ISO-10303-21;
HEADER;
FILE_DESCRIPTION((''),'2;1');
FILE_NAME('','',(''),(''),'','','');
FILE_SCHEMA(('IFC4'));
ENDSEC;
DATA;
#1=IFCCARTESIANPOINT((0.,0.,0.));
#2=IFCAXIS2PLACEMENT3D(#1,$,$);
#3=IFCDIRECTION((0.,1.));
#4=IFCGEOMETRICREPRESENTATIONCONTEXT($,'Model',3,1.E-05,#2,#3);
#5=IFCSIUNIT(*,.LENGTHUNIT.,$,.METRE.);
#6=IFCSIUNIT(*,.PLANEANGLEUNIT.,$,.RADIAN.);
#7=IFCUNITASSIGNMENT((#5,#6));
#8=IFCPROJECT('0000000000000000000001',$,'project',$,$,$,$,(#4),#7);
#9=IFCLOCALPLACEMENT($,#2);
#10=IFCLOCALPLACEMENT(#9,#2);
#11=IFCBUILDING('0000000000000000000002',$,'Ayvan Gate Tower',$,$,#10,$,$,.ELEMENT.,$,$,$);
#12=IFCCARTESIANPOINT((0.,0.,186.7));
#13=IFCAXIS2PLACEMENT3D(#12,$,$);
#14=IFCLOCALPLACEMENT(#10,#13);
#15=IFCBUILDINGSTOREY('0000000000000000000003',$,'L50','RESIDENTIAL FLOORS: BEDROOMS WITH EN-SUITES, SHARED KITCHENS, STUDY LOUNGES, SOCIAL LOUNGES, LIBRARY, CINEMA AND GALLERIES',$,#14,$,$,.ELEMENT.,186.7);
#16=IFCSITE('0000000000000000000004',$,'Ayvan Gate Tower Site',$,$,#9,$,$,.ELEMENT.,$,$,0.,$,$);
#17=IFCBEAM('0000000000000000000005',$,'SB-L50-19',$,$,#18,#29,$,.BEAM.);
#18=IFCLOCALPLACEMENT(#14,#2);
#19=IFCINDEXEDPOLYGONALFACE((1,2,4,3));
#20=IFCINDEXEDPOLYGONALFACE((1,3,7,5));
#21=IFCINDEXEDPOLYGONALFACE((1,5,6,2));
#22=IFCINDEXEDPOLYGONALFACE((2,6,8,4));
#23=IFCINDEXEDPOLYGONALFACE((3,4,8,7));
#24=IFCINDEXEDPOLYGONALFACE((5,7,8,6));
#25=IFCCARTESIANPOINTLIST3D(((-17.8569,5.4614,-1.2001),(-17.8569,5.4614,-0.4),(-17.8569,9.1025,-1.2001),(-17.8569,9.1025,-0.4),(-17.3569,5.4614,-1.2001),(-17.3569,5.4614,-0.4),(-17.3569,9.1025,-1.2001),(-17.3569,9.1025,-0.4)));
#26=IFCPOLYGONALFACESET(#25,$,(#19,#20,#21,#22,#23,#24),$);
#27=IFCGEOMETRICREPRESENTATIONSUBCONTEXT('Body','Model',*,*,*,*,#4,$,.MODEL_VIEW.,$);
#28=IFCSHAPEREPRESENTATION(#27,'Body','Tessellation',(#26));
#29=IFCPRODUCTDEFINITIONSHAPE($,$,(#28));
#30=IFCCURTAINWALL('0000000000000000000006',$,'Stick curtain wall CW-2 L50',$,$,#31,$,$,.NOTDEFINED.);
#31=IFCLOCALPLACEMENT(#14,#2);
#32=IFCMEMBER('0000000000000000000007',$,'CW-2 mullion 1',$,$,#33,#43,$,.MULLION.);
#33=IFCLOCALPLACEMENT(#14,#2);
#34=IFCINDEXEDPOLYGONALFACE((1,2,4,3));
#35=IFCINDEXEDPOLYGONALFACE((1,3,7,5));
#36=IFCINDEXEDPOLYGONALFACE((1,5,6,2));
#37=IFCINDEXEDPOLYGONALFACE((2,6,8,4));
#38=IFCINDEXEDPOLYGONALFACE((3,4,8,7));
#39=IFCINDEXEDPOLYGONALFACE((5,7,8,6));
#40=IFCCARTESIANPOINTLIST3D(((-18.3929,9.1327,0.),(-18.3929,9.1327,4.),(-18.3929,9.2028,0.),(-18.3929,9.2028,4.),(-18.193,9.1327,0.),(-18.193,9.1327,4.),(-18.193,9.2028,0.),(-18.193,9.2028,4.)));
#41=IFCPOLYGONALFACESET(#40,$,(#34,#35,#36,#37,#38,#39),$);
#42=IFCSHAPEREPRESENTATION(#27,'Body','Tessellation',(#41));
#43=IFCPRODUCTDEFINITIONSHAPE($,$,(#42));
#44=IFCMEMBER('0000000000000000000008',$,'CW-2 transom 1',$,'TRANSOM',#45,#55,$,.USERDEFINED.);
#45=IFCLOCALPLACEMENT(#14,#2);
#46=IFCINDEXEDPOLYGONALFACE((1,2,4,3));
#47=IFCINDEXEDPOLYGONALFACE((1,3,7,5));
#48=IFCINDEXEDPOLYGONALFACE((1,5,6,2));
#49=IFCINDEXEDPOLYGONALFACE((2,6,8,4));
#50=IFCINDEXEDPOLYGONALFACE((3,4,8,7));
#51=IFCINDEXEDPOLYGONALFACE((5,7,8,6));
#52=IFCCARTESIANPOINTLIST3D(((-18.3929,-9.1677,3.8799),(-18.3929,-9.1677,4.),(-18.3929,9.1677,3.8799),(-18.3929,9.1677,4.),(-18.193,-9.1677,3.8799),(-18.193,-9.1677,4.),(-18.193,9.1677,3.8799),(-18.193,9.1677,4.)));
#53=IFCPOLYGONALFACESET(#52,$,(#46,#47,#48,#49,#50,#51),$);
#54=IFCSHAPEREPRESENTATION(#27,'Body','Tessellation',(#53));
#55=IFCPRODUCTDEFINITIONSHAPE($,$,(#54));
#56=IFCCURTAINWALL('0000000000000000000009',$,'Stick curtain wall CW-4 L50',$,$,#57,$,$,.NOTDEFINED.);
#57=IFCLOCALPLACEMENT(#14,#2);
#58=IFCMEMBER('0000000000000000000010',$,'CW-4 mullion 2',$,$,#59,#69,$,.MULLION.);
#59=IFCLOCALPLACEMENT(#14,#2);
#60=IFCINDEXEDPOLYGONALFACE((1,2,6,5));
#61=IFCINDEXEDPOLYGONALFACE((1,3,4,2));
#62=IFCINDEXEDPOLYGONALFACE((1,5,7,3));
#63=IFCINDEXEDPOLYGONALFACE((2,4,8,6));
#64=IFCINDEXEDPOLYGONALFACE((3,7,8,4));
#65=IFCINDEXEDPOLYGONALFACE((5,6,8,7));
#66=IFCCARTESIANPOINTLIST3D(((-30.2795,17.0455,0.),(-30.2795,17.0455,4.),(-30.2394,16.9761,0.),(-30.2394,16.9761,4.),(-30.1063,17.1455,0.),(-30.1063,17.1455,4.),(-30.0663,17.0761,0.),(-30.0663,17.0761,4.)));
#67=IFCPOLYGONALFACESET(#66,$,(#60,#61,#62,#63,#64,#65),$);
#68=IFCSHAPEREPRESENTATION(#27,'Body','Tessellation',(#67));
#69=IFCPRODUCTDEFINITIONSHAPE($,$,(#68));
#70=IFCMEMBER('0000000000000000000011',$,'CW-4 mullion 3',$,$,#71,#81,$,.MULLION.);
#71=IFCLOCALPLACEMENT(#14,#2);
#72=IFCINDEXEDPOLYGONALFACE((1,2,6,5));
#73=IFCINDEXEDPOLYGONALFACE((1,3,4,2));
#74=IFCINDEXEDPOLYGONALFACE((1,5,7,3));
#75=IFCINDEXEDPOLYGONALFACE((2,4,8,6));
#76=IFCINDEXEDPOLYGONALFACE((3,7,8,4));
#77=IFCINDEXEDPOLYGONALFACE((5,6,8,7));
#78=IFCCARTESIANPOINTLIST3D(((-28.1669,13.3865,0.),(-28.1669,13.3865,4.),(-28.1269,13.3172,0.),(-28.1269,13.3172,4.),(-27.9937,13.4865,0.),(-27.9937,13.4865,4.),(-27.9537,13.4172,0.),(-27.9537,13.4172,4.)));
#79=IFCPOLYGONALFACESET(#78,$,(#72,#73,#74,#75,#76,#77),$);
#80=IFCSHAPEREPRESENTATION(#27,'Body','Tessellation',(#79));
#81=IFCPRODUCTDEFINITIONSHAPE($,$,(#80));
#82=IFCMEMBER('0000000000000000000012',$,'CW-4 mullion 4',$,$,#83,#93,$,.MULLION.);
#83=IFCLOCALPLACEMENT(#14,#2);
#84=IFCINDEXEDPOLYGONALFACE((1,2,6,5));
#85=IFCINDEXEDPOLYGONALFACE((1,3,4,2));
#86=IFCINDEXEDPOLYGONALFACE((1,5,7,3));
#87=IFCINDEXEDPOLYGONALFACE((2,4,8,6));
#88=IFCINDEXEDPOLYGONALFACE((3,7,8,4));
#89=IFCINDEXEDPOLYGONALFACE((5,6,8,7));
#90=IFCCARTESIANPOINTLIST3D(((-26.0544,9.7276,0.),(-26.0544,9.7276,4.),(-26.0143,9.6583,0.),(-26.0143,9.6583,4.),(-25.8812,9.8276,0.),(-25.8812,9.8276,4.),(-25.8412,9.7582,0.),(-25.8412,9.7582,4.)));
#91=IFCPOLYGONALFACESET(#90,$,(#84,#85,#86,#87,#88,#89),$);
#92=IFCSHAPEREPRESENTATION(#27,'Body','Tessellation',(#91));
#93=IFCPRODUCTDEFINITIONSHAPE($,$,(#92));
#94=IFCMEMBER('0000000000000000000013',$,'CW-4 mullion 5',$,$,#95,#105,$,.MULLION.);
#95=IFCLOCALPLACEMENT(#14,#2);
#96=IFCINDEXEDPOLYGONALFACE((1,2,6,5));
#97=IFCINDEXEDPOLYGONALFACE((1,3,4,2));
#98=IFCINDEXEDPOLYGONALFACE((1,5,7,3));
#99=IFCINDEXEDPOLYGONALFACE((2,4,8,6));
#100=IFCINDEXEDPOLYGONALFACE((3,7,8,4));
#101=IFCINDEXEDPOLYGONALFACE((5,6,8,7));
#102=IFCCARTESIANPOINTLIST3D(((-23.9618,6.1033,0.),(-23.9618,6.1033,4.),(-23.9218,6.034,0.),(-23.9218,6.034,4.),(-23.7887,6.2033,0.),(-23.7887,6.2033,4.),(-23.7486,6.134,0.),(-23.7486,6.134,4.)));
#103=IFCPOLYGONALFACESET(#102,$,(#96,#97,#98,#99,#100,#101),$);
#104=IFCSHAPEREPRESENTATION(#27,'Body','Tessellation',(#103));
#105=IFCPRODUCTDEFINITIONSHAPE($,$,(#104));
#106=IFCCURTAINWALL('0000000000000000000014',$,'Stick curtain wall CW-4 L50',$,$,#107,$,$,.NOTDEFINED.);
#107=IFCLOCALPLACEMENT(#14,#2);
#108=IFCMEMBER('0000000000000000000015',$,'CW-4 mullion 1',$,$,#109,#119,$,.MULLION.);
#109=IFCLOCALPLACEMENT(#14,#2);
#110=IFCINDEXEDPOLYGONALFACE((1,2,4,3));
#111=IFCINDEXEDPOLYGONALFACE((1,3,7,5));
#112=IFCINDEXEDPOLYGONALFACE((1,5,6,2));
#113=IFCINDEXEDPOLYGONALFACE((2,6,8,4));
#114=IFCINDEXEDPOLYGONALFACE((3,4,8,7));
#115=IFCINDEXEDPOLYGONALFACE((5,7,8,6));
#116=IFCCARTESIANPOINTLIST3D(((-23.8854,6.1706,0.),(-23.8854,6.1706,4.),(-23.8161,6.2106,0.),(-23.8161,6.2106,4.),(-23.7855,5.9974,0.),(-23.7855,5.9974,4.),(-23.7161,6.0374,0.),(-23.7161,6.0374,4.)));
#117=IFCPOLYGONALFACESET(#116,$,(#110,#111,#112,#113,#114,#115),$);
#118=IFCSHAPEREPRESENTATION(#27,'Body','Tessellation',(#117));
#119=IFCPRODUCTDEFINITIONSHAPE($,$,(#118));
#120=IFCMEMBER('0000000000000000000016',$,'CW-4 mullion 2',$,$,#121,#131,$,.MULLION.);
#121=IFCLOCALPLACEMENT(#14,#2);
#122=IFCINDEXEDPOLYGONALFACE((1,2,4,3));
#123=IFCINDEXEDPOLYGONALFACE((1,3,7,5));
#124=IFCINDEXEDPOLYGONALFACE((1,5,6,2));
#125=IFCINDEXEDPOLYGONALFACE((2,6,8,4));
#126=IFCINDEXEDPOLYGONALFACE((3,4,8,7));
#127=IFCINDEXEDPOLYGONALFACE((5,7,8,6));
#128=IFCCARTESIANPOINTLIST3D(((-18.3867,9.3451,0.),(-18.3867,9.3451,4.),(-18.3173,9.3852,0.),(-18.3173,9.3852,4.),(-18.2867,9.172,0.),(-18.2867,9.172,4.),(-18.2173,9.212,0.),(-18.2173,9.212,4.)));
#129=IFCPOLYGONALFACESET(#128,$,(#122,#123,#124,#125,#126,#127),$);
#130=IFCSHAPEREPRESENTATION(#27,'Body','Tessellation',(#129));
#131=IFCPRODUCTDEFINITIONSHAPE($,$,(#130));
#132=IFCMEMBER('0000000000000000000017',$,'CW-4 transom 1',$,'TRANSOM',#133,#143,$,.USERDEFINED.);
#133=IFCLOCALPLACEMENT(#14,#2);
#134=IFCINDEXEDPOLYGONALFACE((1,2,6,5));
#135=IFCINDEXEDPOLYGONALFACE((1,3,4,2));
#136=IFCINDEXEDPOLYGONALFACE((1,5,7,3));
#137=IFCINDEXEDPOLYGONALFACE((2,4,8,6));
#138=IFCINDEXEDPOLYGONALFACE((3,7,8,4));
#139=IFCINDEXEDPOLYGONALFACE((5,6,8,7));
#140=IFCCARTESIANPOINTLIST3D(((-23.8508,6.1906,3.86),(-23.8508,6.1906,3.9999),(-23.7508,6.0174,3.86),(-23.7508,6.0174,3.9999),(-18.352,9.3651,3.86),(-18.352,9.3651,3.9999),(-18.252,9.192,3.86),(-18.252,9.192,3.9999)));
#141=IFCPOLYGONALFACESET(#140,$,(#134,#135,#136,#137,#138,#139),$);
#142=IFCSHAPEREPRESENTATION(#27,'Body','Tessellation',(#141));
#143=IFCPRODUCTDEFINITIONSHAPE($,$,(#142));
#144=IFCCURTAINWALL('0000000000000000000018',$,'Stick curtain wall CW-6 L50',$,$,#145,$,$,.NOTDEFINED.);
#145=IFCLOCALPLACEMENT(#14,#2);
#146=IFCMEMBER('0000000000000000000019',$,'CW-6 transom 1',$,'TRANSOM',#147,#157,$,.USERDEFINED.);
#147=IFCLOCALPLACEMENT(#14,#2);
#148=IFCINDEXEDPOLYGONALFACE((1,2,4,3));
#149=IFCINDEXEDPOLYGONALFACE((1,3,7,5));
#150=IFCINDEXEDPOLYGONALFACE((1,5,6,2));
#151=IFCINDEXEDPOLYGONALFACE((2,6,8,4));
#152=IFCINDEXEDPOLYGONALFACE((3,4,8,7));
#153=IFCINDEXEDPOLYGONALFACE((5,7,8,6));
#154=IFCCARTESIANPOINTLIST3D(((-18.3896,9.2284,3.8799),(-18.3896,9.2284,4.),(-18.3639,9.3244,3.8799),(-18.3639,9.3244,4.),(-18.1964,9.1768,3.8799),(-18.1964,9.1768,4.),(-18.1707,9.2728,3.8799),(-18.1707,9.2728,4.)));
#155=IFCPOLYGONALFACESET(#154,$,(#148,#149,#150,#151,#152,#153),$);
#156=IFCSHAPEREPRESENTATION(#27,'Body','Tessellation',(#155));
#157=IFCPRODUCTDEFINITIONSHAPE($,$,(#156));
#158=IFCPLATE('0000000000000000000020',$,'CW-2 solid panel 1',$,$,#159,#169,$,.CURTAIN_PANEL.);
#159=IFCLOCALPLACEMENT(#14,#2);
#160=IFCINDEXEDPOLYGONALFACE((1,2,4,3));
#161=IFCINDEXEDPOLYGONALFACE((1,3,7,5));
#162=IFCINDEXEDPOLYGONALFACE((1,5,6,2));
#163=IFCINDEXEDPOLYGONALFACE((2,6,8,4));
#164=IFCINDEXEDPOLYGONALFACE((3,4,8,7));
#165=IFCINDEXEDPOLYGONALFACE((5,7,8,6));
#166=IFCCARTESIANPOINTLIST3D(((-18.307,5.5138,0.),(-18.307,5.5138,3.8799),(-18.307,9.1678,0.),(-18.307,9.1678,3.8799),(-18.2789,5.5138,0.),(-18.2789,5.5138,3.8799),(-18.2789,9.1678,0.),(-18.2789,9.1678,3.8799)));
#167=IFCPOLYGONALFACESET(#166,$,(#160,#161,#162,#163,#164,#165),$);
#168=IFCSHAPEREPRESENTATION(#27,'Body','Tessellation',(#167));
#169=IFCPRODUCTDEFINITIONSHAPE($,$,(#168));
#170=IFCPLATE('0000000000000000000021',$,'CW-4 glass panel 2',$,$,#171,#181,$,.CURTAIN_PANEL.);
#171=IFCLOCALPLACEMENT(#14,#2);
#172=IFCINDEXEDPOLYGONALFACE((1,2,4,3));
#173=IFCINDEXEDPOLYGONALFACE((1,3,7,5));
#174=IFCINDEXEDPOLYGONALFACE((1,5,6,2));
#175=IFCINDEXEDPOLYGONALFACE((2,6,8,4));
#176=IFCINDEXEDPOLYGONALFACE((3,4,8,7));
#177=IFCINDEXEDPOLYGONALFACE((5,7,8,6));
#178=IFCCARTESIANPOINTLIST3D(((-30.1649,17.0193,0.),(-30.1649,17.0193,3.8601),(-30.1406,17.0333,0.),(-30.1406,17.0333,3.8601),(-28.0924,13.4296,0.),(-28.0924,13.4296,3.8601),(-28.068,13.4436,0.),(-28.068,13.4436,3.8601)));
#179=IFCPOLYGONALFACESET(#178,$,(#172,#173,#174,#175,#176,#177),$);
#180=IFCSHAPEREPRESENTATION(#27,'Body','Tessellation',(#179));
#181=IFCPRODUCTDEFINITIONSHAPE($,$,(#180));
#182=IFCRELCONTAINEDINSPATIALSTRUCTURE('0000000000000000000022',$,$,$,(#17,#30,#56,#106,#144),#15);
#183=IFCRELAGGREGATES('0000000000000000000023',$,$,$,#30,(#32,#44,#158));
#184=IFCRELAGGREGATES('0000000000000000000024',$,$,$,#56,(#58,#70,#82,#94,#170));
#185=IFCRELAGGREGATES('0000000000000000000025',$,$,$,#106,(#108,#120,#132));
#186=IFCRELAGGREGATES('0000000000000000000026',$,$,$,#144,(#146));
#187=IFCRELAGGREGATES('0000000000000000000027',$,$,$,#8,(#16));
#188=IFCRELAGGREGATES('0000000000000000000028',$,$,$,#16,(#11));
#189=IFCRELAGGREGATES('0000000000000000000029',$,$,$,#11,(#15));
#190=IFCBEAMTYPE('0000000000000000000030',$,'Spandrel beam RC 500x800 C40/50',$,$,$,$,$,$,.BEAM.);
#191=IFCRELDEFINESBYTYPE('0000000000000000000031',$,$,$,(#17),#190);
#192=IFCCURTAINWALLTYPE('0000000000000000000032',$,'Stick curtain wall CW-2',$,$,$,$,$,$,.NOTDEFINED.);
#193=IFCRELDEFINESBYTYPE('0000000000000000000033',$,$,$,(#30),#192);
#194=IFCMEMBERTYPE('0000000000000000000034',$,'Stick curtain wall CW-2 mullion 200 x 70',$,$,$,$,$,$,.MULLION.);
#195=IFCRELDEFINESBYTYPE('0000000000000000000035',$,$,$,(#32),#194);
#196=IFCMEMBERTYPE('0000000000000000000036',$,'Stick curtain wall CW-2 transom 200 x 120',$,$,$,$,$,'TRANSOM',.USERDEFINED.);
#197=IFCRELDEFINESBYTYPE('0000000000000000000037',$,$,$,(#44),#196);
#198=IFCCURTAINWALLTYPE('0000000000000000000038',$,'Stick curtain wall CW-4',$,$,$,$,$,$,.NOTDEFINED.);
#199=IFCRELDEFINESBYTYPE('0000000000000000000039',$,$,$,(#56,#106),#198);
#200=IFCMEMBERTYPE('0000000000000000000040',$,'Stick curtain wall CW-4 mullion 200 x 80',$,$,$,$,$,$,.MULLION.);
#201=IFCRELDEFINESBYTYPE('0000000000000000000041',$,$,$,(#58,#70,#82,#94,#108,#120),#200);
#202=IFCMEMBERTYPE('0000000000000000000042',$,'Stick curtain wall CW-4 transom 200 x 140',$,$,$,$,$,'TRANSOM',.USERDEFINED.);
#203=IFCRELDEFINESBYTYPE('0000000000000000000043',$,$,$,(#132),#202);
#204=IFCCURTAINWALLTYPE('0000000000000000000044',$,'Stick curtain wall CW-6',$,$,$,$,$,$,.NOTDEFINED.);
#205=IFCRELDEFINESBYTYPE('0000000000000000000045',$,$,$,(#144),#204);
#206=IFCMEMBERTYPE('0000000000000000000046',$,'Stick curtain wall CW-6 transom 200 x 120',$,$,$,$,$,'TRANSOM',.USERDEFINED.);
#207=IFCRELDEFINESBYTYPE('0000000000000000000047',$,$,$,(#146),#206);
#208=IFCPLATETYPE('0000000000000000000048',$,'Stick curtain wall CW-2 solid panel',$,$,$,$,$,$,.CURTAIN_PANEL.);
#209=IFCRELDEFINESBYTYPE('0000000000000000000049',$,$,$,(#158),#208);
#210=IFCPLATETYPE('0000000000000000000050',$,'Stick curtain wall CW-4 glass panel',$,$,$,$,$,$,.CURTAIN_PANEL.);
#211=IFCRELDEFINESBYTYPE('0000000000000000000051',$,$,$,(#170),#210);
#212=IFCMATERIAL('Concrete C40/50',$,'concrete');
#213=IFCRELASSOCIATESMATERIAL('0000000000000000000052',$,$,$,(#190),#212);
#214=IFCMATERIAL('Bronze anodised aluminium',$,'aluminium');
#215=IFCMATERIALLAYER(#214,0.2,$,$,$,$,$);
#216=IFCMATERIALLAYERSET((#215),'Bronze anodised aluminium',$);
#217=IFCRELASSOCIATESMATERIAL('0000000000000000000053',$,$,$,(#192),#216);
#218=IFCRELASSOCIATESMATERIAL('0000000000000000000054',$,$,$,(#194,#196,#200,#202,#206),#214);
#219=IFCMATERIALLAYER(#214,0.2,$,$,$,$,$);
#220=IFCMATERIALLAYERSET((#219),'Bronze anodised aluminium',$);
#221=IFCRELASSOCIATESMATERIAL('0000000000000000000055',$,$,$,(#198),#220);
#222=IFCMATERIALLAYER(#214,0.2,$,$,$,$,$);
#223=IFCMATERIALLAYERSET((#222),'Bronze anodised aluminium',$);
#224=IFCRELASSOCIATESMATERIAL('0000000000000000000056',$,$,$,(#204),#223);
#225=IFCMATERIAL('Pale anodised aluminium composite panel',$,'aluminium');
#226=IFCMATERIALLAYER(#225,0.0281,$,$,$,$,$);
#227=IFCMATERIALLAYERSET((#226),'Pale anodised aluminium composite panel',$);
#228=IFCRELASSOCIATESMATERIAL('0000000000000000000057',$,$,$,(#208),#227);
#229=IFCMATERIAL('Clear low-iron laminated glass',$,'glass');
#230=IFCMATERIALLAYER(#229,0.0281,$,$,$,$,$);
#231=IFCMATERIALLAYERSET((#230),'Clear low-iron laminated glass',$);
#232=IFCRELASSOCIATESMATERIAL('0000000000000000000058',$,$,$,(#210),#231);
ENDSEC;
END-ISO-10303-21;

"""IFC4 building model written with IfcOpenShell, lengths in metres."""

from ifc_helpers import new_model, si_unit, direction, frame, origin, origin_2d, place, context, subcontext, project, spatial, rectangle, extrude, material, layer, layer_set, material_profile, profile_set, type_object, element, aggregate, save


model = new_model("IFC4")

# Units and contexts
model_context = context("Model", 3, precision=1e-05, world=origin(), true_north=direction((0.0, 1.0)))
body_context = subcontext(model_context, "Body", "Model", "MODEL_VIEW")
ifc_project = project(units=[si_unit("LENGTHUNIT", "METRE"), si_unit("PLANEANGLEUNIT", "RADIAN")], contexts=[model_context])

# Site, building, storey
site_placement = place(None, origin())
site = spatial("IfcSite", under=ifc_project, at=site_placement, Name="Ayvan Gate Tower Site", CompositionType="ELEMENT", RefElevation=0.0)
building_placement = place(site_placement, origin())
building = spatial("IfcBuilding", under=site, at=building_placement, Name="Ayvan Gate Tower", CompositionType="ELEMENT")
storey_placement = place(building_placement, frame((0.0, 0.0, 186.7)))
storey = spatial("IfcBuildingStorey", under=building, at=storey_placement, Name="L50", Description="RESIDENTIAL FLOORS: BEDROOMS WITH EN-SUITES, SHARED KITCHENS, STUDY LOUNGES, SOCIAL LOUNGES, LIBRARY, CINEMA AND GALLERIES", CompositionType="ELEMENT", Elevation=186.7)

# Shared definitions
ifc_material_1 = material(Name="Concrete C40/50", Category="concrete")

# Beam
ifc_material_profile_1 = material_profile(ifc_material_1, rectangle(XDim=0.5, YDim=0.8, at=origin_2d()), Name="RC 500x800")
ifc_profile_set_1 = profile_set([ifc_material_profile_1], Name="Concrete C40/50")
beam_type_1 = type_object("IfcBeamType", Name="Spandrel beam RC 500x800 C40/50", PredefinedType="BEAM", material=ifc_profile_set_1)
beam_1_placement = place(storey_placement, frame((-17.6069, 9.1025, -0.8), z_axis=(0.0, -1.0, 0.0), x_axis=(1.0, 0.0, 0.0)))
element("IfcBeam", 1, at=beam_1_placement, inside=storey, type_object=beam_type_1, Name="SB-L50-19", PredefinedType="BEAM", context=body_context, shape_type="SweptSolid", body=[
    extrude(rectangle(XDim=0.5, YDim=0.8, at=origin_2d()), origin(), (0.0, 0.0, 1.0), 3.6411),
])

# Curtain walls, members
ifc_material_2 = material(Name="Bronze anodised aluminium", Category="aluminium")
ifc_layer_1 = layer(ifc_material_2, 0.2)
ifc_layer_set_1 = layer_set([ifc_layer_1], Name="Bronze anodised aluminium")
curtain_wall_type_1 = type_object("IfcCurtainWallType", Name="Stick curtain wall CW-2", PredefinedType="NOTDEFINED", material=ifc_layer_set_1)
curtain_wall_1_placement = place(storey_placement, origin())
curtain_wall_1 = element("IfcCurtainWall", 2, at=curtain_wall_1_placement, inside=storey, type_object=curtain_wall_type_1, Name="Stick curtain wall CW-2 L50", PredefinedType="NOTDEFINED")
ifc_material_profile_2 = material_profile(ifc_material_2, rectangle(XDim=0.2, YDim=0.0701, at=origin_2d()), Name="Stick curtain wall CW-2 mullion 200 x 70")
ifc_profile_set_2 = profile_set([ifc_material_profile_2], Name="Bronze anodised aluminium")
member_type_1 = type_object("IfcMemberType", Name="Stick curtain wall CW-2 mullion 200 x 70", PredefinedType="MULLION", material=ifc_profile_set_2)
member_1_placement = place(storey_placement, frame((-18.293, 9.1677, 0.0), z_axis=(0.0, 0.0, 1.0), x_axis=(-1.0, 0.0, 0.0)))
member_1 = element("IfcMember", 3, at=member_1_placement, type_object=member_type_1, Name="CW-2 mullion 1", PredefinedType="MULLION", context=body_context, shape_type="SweptSolid", body=[
    extrude(rectangle(XDim=0.2, YDim=0.0701, at=origin_2d()), origin(), (0.0, 0.0, 1.0), 4.0),
])
ifc_material_profile_3 = material_profile(ifc_material_2, rectangle(XDim=0.2, YDim=0.1201, at=origin_2d()), Name="Stick curtain wall CW-2 transom 200 x 120")
ifc_profile_set_3 = profile_set([ifc_material_profile_3], Name="Bronze anodised aluminium")
member_type_2 = type_object("IfcMemberType", Name="Stick curtain wall CW-2 transom 200 x 120", ElementType="TRANSOM", PredefinedType="USERDEFINED", material=ifc_profile_set_3)
member_2_placement = place(storey_placement, frame((-18.293, 9.1677, 3.9399), z_axis=(0.0, -1.0, 0.0), x_axis=(1.0, 0.0, 0.0)))
member_2 = element("IfcMember", 4, at=member_2_placement, type_object=member_type_2, Name="CW-2 transom 1", ObjectType="TRANSOM", PredefinedType="USERDEFINED", context=body_context, shape_type="SweptSolid", body=[
    extrude(rectangle(XDim=0.2, YDim=0.1201, at=origin_2d()), origin(), (0.0, 0.0, 1.0), 18.3354),
])
ifc_layer_2 = layer(ifc_material_2, 0.2)
ifc_layer_set_2 = layer_set([ifc_layer_2], Name="Bronze anodised aluminium")
curtain_wall_type_2 = type_object("IfcCurtainWallType", Name="Stick curtain wall CW-4", PredefinedType="NOTDEFINED", material=ifc_layer_set_2)
curtain_wall_2_placement = place(storey_placement, origin())
curtain_wall_2 = element("IfcCurtainWall", 5, at=curtain_wall_2_placement, inside=storey, type_object=curtain_wall_type_2, Name="Stick curtain wall CW-4 L50", PredefinedType="NOTDEFINED")
ifc_material_profile_4 = material_profile(ifc_material_2, rectangle(XDim=0.2, YDim=0.0801, at=origin_2d()), Name="Stick curtain wall CW-4 mullion 200 x 80")
ifc_profile_set_4 = profile_set([ifc_material_profile_4], Name="Bronze anodised aluminium")
member_type_3 = type_object("IfcMemberType", Name="Stick curtain wall CW-4 mullion 200 x 80", PredefinedType="MULLION", material=ifc_profile_set_4)
member_3_placement = place(storey_placement, frame((-30.1729, 17.0608, 0.0), z_axis=(0.0, 0.0, 1.0), x_axis=(-0.866025, -0.5, 0.0)))
member_3 = element("IfcMember", 6, at=member_3_placement, type_object=member_type_3, Name="CW-4 mullion 2", PredefinedType="MULLION", context=body_context, shape_type="SweptSolid", body=[
    extrude(rectangle(XDim=0.2, YDim=0.0801, at=origin_2d()), origin(), (0.0, 0.0, 1.0), 4.0),
])
member_4_placement = place(storey_placement, frame((-28.0603, 13.4019, 0.0), z_axis=(0.0, 0.0, 1.0), x_axis=(-0.866025, -0.5, 0.0)))
member_4 = element("IfcMember", 7, at=member_4_placement, type_object=member_type_3, Name="CW-4 mullion 3", PredefinedType="MULLION", context=body_context, shape_type="SweptSolid", body=[
    extrude(rectangle(XDim=0.2, YDim=0.0801, at=origin_2d()), origin(), (0.0, 0.0, 1.0), 4.0),
])
member_5_placement = place(storey_placement, frame((-25.9478, 9.7429, 0.0), z_axis=(0.0, 0.0, 1.0), x_axis=(-0.866025, -0.5, 0.0)))
member_5 = element("IfcMember", 8, at=member_5_placement, type_object=member_type_3, Name="CW-4 mullion 4", PredefinedType="MULLION", context=body_context, shape_type="SweptSolid", body=[
    extrude(rectangle(XDim=0.2, YDim=0.0801, at=origin_2d()), origin(), (0.0, 0.0, 1.0), 4.0),
])
member_6_placement = place(storey_placement, frame((-23.8552, 6.1187, 0.0), z_axis=(0.0, 0.0, 1.0), x_axis=(-0.866025, -0.5, 0.0)))
member_6 = element("IfcMember", 9, at=member_6_placement, type_object=member_type_3, Name="CW-4 mullion 5", PredefinedType="MULLION", context=body_context, shape_type="SweptSolid", body=[
    extrude(rectangle(XDim=0.2, YDim=0.0801, at=origin_2d()), origin(), (0.0, 0.0, 1.0), 4.0),
])
curtain_wall_3_placement = place(storey_placement, origin())
curtain_wall_3 = element("IfcCurtainWall", 10, at=curtain_wall_3_placement, inside=storey, type_object=curtain_wall_type_2, Name="Stick curtain wall CW-4 L50", PredefinedType="NOTDEFINED")
member_7_placement = place(storey_placement, frame((-23.8008, 6.104, 0.0), z_axis=(0.0, 0.0, 1.0), x_axis=(0.5, -0.866025, 0.0)))
member_7 = element("IfcMember", 11, at=member_7_placement, type_object=member_type_3, Name="CW-4 mullion 1", PredefinedType="MULLION", context=body_context, shape_type="SweptSolid", body=[
    extrude(rectangle(XDim=0.2, YDim=0.0801, at=origin_2d()), origin(), (0.0, 0.0, 1.0), 4.0),
])
member_8_placement = place(storey_placement, frame((-18.302, 9.2786, 0.0), z_axis=(0.0, 0.0, 1.0), x_axis=(0.5, -0.866025, 0.0)))
member_8 = element("IfcMember", 12, at=member_8_placement, type_object=member_type_3, Name="CW-4 mullion 2", PredefinedType="MULLION", context=body_context, shape_type="SweptSolid", body=[
    extrude(rectangle(XDim=0.2, YDim=0.0801, at=origin_2d()), origin(), (0.0, 0.0, 1.0), 4.0),
])
ifc_material_profile_5 = material_profile(ifc_material_2, rectangle(XDim=0.2, YDim=0.1399, at=origin_2d()), Name="Stick curtain wall CW-4 transom 200 x 140")
ifc_profile_set_5 = profile_set([ifc_material_profile_5], Name="Bronze anodised aluminium")
member_type_4 = type_object("IfcMemberType", Name="Stick curtain wall CW-4 transom 200 x 140", ElementType="TRANSOM", PredefinedType="USERDEFINED", material=ifc_profile_set_5)
member_9_placement = place(storey_placement, frame((-23.8008, 6.104, 3.9299), z_axis=(0.866036, 0.499981, 0.0), x_axis=(-0.499981, 0.866036, 0.0)))
member_9 = element("IfcMember", 13, at=member_9_placement, type_object=member_type_4, Name="CW-4 transom 1", ObjectType="TRANSOM", PredefinedType="USERDEFINED", context=body_context, shape_type="SweptSolid", body=[
    extrude(rectangle(XDim=0.2, YDim=0.1399, at=origin_2d()), origin(), (0.0, 0.0, 1.0), 6.3494),
])

# Curtain wall, member
ifc_layer_3 = layer(ifc_material_2, 0.2)
ifc_layer_set_3 = layer_set([ifc_layer_3], Name="Bronze anodised aluminium")
curtain_wall_type_3 = type_object("IfcCurtainWallType", Name="Stick curtain wall CW-6", PredefinedType="NOTDEFINED", material=ifc_layer_set_3)
curtain_wall_4_placement = place(storey_placement, origin())
curtain_wall_4 = element("IfcCurtainWall", 14, at=curtain_wall_4_placement, inside=storey, type_object=curtain_wall_type_3, Name="Stick curtain wall CW-6 L50", PredefinedType="NOTDEFINED")
ifc_material_profile_6 = material_profile(ifc_material_2, rectangle(XDim=0.2, YDim=0.1201, at=origin_2d()), Name="Stick curtain wall CW-6 transom 200 x 120")
ifc_profile_set_6 = profile_set([ifc_material_profile_6], Name="Bronze anodised aluminium")
member_type_5 = type_object("IfcMemberType", Name="Stick curtain wall CW-6 transom 200 x 120", ElementType="TRANSOM", PredefinedType="USERDEFINED", material=ifc_profile_set_6)
member_10_placement = place(storey_placement, frame((-18.2673, 9.2986, 3.9399), z_axis=(-0.258122, -0.966112, 0.0), x_axis=(0.966112, -0.258122, 0.0)))
member_10 = element("IfcMember", 15, at=member_10_placement, type_object=member_type_5, Name="CW-6 transom 1", ObjectType="TRANSOM", PredefinedType="USERDEFINED", context=body_context, shape_type="SweptSolid", body=[
    extrude(rectangle(XDim=0.2, YDim=0.1201, at=origin_2d()), origin(), (0.0, 0.0, 1.0), 0.0994),
])

# Plates
ifc_material_3 = material(Name="Pale anodised aluminium composite panel", Category="aluminium")
ifc_layer_4 = layer(ifc_material_3, 0.0281)
ifc_layer_set_4 = layer_set([ifc_layer_4], Name="Pale anodised aluminium composite panel")
plate_type_1 = type_object("IfcPlateType", Name="Stick curtain wall CW-2 solid panel", PredefinedType="CURTAIN_PANEL", material=ifc_layer_set_4)
plate_1_placement = place(storey_placement, frame((-18.293, 7.3408, 0.0), z_axis=(0.0, 0.0, 1.0), x_axis=(0.0, -1.0, 0.0)))
plate_1 = element("IfcPlate", 16, at=plate_1_placement, type_object=plate_type_1, Name="CW-2 solid panel 1", PredefinedType="CURTAIN_PANEL", context=body_context, shape_type="SweptSolid", body=[
    extrude(rectangle(XDim=3.6541, YDim=0.0281, at=origin_2d()), origin(), (0.0, 0.0, 1.0), 3.8799),
])
aggregate(curtain_wall_1, [member_1, member_2, plate_1])
ifc_material_4 = material(Name="Clear low-iron laminated glass", Category="glass")
ifc_layer_5 = layer(ifc_material_4, 0.0281)
ifc_layer_set_5 = layer_set([ifc_layer_5], Name="Clear low-iron laminated glass")
plate_type_2 = type_object("IfcPlateType", Name="Stick curtain wall CW-4 glass panel", PredefinedType="CURTAIN_PANEL", material=ifc_layer_set_5)
plate_2_placement = place(storey_placement, frame((-29.1165, 15.2314, 0.0), z_axis=(0.0, 0.0, 1.0), x_axis=(0.5, -0.866025, 0.0)))
plate_2 = element("IfcPlate", 17, at=plate_2_placement, type_object=plate_type_2, Name="CW-4 glass panel 2", PredefinedType="CURTAIN_PANEL", context=body_context, shape_type="SweptSolid", body=[
    extrude(rectangle(XDim=4.145, YDim=0.0281, at=origin_2d()), origin(), (0.0, 0.0, 1.0), 3.8601),
])
aggregate(curtain_wall_2, [member_3, member_4, member_5, member_6, plate_2])
aggregate(curtain_wall_3, [member_7, member_8, member_9])
aggregate(curtain_wall_4, [member_10])

save(model, "model.ifc")
